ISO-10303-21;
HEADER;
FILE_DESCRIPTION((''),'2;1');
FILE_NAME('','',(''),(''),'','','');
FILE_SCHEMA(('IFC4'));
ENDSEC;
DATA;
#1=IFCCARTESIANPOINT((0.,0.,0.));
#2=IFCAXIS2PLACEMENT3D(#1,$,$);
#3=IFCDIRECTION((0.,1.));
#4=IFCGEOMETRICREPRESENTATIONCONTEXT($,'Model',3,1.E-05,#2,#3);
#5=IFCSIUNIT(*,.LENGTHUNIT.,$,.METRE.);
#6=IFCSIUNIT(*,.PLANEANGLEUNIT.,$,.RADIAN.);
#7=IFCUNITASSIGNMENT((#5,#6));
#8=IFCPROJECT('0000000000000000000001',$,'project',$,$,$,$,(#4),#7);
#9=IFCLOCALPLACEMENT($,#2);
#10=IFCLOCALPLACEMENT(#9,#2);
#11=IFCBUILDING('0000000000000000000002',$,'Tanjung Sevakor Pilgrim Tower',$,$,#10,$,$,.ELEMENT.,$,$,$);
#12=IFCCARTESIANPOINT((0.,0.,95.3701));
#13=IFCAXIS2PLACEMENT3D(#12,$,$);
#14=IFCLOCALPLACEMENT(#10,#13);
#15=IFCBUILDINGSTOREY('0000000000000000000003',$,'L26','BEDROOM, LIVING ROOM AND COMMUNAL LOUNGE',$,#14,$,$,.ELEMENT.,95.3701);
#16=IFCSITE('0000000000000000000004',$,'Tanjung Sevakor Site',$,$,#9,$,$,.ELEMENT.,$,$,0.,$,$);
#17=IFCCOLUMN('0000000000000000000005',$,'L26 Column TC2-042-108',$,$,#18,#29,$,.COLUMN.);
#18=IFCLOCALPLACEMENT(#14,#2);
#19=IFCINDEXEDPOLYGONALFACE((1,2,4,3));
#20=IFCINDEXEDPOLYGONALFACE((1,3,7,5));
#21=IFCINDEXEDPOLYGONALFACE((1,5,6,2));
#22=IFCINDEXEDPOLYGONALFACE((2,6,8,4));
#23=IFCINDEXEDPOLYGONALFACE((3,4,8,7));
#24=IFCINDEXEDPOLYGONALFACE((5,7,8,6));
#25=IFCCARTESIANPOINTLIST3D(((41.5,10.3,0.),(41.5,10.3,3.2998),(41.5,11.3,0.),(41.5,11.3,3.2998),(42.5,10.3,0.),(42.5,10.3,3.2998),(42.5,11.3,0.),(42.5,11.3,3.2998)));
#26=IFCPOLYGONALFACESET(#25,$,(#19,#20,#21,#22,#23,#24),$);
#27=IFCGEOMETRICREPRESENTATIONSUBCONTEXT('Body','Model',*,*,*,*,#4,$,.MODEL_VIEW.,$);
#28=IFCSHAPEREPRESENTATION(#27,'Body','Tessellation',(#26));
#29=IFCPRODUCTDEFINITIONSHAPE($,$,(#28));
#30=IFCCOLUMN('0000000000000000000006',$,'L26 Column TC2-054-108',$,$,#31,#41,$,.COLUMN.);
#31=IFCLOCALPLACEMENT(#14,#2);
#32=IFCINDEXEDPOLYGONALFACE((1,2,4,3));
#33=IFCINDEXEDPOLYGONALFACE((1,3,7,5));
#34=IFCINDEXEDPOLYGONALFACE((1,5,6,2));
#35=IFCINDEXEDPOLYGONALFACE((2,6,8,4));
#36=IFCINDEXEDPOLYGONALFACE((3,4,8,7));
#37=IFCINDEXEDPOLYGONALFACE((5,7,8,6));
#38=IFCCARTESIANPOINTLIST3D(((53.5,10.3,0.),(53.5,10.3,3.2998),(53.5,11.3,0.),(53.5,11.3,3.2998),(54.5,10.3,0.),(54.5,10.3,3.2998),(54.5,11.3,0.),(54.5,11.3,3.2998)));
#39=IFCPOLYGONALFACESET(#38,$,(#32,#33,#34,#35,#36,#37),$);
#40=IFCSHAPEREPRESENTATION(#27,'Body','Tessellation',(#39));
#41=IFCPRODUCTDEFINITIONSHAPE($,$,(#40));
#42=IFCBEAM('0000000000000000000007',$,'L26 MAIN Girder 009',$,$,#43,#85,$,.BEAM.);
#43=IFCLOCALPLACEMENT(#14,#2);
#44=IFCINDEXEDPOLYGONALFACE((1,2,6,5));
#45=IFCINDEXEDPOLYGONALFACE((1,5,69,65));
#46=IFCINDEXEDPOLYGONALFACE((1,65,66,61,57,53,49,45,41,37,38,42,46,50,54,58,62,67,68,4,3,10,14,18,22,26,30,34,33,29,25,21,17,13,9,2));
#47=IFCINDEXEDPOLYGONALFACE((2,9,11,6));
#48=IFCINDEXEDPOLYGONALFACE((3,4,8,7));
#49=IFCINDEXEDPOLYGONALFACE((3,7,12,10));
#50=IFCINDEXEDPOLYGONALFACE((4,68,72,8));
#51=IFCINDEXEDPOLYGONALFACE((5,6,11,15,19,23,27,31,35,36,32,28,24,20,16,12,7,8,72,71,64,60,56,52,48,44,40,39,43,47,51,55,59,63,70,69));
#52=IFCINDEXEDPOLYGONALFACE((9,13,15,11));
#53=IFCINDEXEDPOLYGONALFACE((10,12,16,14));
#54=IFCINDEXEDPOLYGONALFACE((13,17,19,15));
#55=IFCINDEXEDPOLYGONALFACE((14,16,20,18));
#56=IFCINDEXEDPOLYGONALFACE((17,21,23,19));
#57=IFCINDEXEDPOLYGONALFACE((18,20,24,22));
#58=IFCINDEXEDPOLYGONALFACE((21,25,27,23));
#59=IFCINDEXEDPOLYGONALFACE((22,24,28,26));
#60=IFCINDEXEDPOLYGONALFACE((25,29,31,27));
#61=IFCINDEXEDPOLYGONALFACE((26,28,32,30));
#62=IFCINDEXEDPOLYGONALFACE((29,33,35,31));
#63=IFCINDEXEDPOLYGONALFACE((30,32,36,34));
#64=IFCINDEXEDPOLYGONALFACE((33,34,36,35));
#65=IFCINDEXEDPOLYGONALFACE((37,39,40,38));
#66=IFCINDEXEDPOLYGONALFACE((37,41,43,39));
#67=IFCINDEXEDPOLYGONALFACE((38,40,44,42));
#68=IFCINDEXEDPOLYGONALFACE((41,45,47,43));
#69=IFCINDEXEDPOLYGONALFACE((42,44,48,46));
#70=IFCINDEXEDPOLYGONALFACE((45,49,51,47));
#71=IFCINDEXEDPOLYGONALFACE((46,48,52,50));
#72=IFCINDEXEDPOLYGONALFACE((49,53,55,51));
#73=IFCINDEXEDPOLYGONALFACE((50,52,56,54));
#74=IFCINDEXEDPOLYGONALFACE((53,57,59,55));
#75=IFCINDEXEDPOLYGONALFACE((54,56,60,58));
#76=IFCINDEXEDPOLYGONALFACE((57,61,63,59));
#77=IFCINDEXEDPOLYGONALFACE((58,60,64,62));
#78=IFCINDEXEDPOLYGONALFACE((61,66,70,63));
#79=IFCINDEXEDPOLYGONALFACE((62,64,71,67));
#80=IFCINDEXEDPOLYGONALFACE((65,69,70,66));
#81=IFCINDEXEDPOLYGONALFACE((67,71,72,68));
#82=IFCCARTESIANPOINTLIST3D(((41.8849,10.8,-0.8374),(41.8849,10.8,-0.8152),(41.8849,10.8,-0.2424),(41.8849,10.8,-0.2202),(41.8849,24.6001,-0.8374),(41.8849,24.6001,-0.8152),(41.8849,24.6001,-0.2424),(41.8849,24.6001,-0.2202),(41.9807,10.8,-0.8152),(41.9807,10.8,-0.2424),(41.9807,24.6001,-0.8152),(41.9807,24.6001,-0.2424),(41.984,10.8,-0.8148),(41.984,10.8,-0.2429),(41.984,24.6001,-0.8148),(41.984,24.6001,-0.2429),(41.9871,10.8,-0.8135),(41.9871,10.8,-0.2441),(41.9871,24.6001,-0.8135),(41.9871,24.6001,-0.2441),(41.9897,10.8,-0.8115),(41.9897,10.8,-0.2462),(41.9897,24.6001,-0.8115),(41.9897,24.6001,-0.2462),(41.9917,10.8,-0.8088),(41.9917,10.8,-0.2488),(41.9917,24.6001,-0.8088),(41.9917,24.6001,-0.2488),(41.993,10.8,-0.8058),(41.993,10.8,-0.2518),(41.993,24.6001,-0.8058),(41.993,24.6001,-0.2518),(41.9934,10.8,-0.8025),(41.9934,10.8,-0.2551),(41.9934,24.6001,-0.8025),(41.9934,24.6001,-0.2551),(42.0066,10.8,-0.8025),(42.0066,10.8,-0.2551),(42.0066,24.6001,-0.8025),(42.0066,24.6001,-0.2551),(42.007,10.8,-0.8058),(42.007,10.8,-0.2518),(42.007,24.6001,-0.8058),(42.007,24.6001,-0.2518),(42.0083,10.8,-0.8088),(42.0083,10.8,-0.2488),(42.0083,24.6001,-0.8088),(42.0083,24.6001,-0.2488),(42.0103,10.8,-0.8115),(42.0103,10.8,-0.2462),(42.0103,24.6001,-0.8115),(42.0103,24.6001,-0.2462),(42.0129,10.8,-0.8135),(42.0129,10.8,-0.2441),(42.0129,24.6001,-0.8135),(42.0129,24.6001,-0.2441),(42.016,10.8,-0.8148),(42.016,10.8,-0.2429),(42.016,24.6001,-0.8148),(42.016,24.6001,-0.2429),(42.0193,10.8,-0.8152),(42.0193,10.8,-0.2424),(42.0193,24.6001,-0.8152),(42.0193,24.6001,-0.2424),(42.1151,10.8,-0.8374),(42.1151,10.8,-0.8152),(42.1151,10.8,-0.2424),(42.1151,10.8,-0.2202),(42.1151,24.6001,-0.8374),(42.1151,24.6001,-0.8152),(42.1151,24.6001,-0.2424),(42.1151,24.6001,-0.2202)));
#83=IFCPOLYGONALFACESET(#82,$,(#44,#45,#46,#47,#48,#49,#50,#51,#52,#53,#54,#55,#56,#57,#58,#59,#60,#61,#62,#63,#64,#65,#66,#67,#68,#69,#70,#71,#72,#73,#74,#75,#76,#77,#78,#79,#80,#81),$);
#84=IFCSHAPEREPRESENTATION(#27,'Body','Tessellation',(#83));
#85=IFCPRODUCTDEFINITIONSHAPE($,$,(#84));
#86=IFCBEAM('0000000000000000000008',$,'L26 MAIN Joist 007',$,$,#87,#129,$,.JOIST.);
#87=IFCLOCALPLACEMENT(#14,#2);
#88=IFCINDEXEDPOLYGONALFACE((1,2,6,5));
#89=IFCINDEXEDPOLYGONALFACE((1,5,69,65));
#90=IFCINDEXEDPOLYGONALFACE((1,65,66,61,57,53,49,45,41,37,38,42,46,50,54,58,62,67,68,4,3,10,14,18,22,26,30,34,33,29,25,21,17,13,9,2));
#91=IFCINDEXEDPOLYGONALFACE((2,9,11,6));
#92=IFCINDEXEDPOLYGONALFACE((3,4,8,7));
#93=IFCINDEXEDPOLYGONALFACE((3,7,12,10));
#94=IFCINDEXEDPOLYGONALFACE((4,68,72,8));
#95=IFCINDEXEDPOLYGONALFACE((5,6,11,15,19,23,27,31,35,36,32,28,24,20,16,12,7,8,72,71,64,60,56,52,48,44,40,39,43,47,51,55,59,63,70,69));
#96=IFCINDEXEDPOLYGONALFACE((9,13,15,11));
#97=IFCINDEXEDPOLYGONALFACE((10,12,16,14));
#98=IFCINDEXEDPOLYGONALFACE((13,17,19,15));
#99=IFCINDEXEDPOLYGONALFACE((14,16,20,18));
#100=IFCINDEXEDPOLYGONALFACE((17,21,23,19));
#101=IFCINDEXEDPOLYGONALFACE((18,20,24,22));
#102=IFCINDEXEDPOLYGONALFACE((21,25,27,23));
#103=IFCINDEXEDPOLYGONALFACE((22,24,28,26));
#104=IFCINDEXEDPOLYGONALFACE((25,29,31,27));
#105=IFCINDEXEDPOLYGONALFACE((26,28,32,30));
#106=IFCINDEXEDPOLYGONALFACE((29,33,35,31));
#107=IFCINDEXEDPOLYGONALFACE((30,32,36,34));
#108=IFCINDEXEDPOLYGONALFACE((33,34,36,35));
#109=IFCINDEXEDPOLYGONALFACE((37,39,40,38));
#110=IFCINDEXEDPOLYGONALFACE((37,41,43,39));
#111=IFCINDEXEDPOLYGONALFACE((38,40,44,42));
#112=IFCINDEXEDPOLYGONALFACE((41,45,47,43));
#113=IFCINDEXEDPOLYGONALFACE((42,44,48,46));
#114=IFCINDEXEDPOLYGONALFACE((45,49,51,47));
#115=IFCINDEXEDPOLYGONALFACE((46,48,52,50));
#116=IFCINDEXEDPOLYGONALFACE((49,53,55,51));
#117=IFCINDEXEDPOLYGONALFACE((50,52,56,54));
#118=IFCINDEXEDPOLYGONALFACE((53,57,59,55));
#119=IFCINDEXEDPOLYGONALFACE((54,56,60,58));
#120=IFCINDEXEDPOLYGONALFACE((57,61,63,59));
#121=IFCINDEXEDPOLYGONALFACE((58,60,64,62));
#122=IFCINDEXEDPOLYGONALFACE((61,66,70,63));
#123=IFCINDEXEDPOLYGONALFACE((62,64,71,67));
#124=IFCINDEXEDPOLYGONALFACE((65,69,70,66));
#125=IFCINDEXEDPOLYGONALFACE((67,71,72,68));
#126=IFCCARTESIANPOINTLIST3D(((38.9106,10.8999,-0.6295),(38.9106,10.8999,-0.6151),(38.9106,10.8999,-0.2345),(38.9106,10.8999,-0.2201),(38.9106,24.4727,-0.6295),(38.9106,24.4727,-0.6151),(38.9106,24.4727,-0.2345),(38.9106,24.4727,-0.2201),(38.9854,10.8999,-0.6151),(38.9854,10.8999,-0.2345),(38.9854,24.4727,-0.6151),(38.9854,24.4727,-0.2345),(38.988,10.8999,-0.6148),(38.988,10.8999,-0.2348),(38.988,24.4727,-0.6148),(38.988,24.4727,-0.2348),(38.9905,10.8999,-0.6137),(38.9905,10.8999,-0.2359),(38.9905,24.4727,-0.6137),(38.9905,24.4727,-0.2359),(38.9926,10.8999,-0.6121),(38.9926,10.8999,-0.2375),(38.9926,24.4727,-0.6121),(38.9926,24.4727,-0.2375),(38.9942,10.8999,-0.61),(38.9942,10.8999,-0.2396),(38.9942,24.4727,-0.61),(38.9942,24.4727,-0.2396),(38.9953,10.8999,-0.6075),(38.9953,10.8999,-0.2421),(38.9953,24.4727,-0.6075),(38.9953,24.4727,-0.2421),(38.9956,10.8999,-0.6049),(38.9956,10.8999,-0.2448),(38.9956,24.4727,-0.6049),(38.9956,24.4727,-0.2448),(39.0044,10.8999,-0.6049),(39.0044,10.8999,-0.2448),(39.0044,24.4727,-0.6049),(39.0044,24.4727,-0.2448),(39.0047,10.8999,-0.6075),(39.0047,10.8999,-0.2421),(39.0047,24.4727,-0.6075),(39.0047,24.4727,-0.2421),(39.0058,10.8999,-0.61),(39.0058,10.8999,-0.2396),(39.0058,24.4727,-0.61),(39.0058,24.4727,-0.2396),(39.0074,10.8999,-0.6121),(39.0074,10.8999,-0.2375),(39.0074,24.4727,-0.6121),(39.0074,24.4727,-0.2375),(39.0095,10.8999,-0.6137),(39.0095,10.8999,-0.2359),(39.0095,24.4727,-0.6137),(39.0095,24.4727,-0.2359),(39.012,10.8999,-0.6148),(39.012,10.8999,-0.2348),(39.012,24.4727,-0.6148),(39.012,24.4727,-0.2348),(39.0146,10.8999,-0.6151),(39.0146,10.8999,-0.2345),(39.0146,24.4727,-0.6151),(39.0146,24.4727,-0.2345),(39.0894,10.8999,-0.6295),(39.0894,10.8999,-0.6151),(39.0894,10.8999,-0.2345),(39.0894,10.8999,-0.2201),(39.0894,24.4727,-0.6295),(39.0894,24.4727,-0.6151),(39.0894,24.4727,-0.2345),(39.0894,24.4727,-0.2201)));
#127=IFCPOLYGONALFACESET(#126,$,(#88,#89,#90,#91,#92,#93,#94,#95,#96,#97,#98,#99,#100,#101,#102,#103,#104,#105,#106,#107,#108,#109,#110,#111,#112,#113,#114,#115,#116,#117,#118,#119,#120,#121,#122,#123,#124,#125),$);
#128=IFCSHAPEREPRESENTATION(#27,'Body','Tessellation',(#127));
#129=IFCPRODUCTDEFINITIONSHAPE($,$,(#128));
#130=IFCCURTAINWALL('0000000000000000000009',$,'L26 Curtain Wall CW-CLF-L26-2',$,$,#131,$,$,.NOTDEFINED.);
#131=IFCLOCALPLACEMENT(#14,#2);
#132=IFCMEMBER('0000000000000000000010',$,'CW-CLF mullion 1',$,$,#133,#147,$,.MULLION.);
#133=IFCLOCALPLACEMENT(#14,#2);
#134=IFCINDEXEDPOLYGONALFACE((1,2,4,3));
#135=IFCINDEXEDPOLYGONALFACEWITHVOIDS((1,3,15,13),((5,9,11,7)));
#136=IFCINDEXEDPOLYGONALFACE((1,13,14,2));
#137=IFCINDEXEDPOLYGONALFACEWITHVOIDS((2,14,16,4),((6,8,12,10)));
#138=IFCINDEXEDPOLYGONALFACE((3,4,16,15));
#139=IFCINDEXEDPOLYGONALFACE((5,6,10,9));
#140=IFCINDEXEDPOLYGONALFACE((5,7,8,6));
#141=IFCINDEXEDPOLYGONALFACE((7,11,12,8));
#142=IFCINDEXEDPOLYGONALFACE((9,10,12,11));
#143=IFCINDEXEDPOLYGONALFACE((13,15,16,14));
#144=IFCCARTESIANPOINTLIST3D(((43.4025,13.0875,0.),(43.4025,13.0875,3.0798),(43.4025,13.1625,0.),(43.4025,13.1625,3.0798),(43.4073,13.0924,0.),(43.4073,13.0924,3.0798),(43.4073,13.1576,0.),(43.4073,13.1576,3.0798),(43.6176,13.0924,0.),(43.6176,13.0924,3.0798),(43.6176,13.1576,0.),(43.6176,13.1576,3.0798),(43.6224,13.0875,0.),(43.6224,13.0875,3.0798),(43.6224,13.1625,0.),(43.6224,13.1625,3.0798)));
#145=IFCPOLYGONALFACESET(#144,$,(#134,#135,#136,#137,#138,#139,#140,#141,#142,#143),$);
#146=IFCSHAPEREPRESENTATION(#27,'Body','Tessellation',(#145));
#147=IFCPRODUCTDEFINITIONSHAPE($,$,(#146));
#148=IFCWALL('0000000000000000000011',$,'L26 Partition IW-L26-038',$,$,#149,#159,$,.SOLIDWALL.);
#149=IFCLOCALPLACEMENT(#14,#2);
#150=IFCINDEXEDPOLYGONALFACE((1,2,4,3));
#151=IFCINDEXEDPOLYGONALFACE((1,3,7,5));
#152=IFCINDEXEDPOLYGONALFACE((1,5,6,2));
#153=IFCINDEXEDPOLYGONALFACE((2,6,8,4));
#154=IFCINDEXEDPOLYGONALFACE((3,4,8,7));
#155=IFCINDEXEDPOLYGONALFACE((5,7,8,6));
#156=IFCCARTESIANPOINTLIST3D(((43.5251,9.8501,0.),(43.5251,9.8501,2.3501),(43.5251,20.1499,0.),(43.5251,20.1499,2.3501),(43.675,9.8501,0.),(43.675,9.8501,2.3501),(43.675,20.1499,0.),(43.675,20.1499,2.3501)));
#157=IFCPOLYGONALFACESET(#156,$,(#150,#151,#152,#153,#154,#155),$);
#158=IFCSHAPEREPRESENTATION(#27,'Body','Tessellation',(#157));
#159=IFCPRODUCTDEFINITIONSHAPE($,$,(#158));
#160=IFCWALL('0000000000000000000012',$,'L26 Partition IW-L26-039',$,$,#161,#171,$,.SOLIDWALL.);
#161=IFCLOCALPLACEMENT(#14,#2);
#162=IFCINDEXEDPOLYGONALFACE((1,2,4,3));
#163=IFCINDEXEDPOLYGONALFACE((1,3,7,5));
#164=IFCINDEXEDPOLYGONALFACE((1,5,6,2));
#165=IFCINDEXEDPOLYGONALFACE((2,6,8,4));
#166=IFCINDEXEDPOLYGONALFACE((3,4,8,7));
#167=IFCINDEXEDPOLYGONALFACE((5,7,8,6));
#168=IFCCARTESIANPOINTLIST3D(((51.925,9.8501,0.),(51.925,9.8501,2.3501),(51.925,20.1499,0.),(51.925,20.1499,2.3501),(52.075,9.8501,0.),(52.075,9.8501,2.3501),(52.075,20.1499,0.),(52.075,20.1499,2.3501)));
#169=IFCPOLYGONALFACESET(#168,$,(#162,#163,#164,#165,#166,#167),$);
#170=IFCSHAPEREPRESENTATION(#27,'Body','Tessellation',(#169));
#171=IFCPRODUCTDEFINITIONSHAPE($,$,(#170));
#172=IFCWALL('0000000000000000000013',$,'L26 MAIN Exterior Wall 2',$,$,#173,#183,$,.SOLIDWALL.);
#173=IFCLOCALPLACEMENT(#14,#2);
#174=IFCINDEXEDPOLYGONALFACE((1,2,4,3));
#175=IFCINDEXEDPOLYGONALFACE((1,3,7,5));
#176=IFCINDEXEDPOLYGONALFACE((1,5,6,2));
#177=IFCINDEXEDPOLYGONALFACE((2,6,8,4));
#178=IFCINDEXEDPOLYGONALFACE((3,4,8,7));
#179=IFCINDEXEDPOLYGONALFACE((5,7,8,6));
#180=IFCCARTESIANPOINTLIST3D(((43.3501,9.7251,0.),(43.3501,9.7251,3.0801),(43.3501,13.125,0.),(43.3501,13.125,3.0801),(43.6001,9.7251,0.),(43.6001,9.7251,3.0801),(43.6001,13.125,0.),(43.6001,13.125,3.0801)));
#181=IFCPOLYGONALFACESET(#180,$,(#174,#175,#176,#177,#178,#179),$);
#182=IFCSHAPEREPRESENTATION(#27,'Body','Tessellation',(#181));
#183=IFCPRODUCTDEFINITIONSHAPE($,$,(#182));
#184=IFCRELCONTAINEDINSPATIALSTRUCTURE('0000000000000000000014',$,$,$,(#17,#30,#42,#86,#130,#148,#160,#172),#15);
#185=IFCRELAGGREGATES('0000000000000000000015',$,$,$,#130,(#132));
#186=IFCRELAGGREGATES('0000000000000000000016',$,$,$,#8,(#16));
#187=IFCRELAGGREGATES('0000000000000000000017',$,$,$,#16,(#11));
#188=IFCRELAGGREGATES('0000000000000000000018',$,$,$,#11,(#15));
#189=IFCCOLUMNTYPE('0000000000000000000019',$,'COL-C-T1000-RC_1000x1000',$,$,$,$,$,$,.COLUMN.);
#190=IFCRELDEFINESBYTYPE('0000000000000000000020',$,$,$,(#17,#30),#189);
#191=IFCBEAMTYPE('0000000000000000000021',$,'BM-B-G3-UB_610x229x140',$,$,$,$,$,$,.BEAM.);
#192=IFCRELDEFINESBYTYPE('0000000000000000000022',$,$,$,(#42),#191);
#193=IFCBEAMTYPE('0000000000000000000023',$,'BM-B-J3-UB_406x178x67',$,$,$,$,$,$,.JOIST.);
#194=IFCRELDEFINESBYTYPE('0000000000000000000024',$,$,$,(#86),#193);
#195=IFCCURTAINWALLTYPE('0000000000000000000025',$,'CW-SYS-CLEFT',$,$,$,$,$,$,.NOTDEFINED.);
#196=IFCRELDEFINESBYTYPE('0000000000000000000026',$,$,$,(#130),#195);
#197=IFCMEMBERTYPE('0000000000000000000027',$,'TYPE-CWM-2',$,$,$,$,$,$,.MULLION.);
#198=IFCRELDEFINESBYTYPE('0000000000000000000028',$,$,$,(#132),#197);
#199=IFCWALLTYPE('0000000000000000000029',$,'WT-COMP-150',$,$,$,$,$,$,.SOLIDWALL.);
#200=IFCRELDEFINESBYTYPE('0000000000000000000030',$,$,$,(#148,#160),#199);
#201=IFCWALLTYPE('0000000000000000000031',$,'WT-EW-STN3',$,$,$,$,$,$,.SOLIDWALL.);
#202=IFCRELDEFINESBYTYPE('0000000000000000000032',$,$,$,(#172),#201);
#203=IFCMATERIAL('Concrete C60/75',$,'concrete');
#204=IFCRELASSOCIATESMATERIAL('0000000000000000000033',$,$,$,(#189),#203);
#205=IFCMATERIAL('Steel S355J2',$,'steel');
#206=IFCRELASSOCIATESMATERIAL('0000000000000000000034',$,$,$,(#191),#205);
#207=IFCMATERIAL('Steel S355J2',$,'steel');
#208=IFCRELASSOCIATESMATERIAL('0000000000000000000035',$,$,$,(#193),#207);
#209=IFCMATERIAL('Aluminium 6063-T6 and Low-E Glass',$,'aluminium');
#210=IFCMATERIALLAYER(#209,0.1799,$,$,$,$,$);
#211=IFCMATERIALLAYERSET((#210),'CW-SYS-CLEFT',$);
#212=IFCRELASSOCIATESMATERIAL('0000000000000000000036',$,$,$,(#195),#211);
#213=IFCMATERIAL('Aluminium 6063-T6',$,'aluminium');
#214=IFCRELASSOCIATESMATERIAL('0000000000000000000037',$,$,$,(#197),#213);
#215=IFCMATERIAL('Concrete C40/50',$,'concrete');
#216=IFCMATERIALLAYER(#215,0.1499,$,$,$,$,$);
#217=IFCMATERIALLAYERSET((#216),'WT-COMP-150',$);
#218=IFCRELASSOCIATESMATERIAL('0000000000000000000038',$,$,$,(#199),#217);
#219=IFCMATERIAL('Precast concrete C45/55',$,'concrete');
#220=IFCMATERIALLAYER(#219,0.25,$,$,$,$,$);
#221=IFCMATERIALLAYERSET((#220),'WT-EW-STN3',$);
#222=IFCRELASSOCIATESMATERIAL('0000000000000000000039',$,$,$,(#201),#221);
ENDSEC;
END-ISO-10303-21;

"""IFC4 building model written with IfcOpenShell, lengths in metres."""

from ifc_helpers import new_model, si_unit, direction, frame, frame_2d, origin, origin_2d, place, context, subcontext, project, spatial, rectangle, hollow_rectangle, i_section, extrude, material, layer, layer_set, material_profile, profile_set, type_object, element, aggregate, save


model = new_model("IFC4")

# Units and contexts
model_context = context("Model", 3, precision=1e-05, world=origin(), true_north=direction((0.0, 1.0)))
body_context = subcontext(model_context, "Body", "Model", "MODEL_VIEW")
ifc_project = project(units=[si_unit("LENGTHUNIT", "METRE"), si_unit("PLANEANGLEUNIT", "RADIAN")], contexts=[model_context])

# Site, building, storey
site_placement = place(None, origin())
site = spatial("IfcSite", under=ifc_project, at=site_placement, Name="Tanjung Sevakor Site", CompositionType="ELEMENT", RefElevation=0.0)
building_placement = place(site_placement, origin())
building = spatial("IfcBuilding", under=site, at=building_placement, Name="Tanjung Sevakor Pilgrim Tower", CompositionType="ELEMENT")
storey_placement = place(building_placement, frame((0.0, 0.0, 95.3701)))
storey = spatial("IfcBuildingStorey", under=building, at=storey_placement, Name="L26", Description="BEDROOM, LIVING ROOM AND COMMUNAL LOUNGE", CompositionType="ELEMENT", Elevation=95.3701)

# Columns
ifc_material_1 = material(Name="Concrete C60/75", Category="concrete")
ifc_material_profile_1 = material_profile(ifc_material_1, rectangle(XDim=1.0, YDim=1.0, at=origin_2d()))
ifc_profile_set_1 = profile_set([ifc_material_profile_1], Name="Concrete C60/75")
column_type = type_object("IfcColumnType", Name="COL-C-T1000-RC_1000x1000", PredefinedType="COLUMN", material=ifc_profile_set_1)
for number, where, z_axis, x_axis, name in (
    (1, (42.0, 10.8, 0.0), (0.0, 0.0, 1.0), (1.0, 0.0, 0.0), "L26 Column TC2-042-108"),
    (2, (54.0, 10.8, 0.0), (0.0, 0.0, 1.0), (1.0, 0.0, 0.0), "L26 Column TC2-054-108"),
):
    element("IfcColumn", number, at=place(storey_placement, frame(where, z_axis=z_axis, x_axis=x_axis)), inside=storey, type_object=column_type, Name=name, PredefinedType="COLUMN", context=body_context, shape_type="SweptSolid", body=[
        extrude(rectangle(XDim=1.0, YDim=1.0, at=origin_2d()), origin(), (0.0, 0.0, 1.0), 3.2998),
    ])

# Beams
ifc_material_2 = material(Name="Steel S355J2", Category="steel")
ifc_material_profile_2 = material_profile(ifc_material_2, i_section(OverallWidth=0.2302, OverallDepth=0.6172, WebThickness=0.0132, FlangeThickness=0.0222, FilletRadius=0.0127, at=origin_2d()))
ifc_profile_set_2 = profile_set([ifc_material_profile_2], Name="Steel S355J2")
beam_type_1 = type_object("IfcBeamType", Name="BM-B-G3-UB_610x229x140", PredefinedType="BEAM", material=ifc_profile_set_2)
beam_1_placement = place(storey_placement, frame((42.0, 10.8, -0.5288), z_axis=(0.0, 1.0, 0.0), x_axis=(-1.0, 0.0, 0.0)))
element("IfcBeam", 3, at=beam_1_placement, inside=storey, type_object=beam_type_1, Name="L26 MAIN Girder 009", PredefinedType="BEAM", context=body_context, shape_type="SweptSolid", body=[
    extrude(i_section(OverallWidth=0.2302, OverallDepth=0.6172, WebThickness=0.0132, FlangeThickness=0.0222, FilletRadius=0.0127, at=origin_2d()), origin(), (0.0, 0.0, 1.0), 13.8),
])
ifc_material_3 = material(Name="Steel S355J2", Category="steel")
ifc_material_profile_3 = material_profile(ifc_material_3, i_section(OverallWidth=0.1787, OverallDepth=0.4094, WebThickness=0.0088, FlangeThickness=0.0144, FilletRadius=0.0103, at=origin_2d()))
ifc_profile_set_3 = profile_set([ifc_material_profile_3], Name="Steel S355J2")
beam_type_2 = type_object("IfcBeamType", Name="BM-B-J3-UB_406x178x67", PredefinedType="JOIST", material=ifc_profile_set_3)
beam_2_placement = place(storey_placement, frame((39.0, 10.8999, -0.4248), z_axis=(0.0, 1.0, 0.0), x_axis=(-1.0, 0.0, 0.0)))
element("IfcBeam", 4, at=beam_2_placement, inside=storey, type_object=beam_type_2, Name="L26 MAIN Joist 007", PredefinedType="JOIST", context=body_context, shape_type="SweptSolid", body=[
    extrude(i_section(OverallWidth=0.1787, OverallDepth=0.4094, WebThickness=0.0088, FlangeThickness=0.0144, FilletRadius=0.0103, at=origin_2d()), origin(), (0.0, 0.0, 1.0), 13.5728),
])

# Curtain wall, member
ifc_material_4 = material(Name="Aluminium 6063-T6 and Low-E Glass", Category="aluminium")
ifc_layer_1 = layer(ifc_material_4, 0.1799)
ifc_layer_set_1 = layer_set([ifc_layer_1], Name="CW-SYS-CLEFT")
curtain_wall_type = type_object("IfcCurtainWallType", Name="CW-SYS-CLEFT", PredefinedType="NOTDEFINED", material=ifc_layer_set_1)
curtain_wall_placement = place(storey_placement, origin())
curtain_wall = element("IfcCurtainWall", 5, at=curtain_wall_placement, inside=storey, type_object=curtain_wall_type, Name="L26 Curtain Wall CW-CLF-L26-2", PredefinedType="NOTDEFINED")
ifc_material_5 = material(Name="Aluminium 6063-T6", Category="aluminium")
ifc_material_profile_4 = material_profile(ifc_material_5, hollow_rectangle(XDim=0.075, YDim=0.22, WallThickness=0.0049, at=origin_2d()))
ifc_profile_set_4 = profile_set([ifc_material_profile_4], Name="Aluminium 6063-T6")
member_type = type_object("IfcMemberType", Name="TYPE-CWM-2", PredefinedType="MULLION", material=ifc_profile_set_4)
member_placement = place(storey_placement, frame((43.5125, 13.125, 0.0), z_axis=(0.0, 0.0, 1.0), x_axis=(0.0, 1.0, 0.0)))
member = element("IfcMember", 6, at=member_placement, type_object=member_type, Name="CW-CLF mullion 1", PredefinedType="MULLION", context=body_context, shape_type="SweptSolid", body=[
    extrude(hollow_rectangle(XDim=0.075, YDim=0.22, WallThickness=0.0049, at=origin_2d()), origin(), (0.0, 0.0, 1.0), 3.0798),
])
aggregate(curtain_wall, [member])

# Walls
ifc_material_6 = material(Name="Concrete C40/50", Category="concrete")
ifc_layer_2 = layer(ifc_material_6, 0.1499)
ifc_layer_set_2 = layer_set([ifc_layer_2], Name="WT-COMP-150")
wall_type_1 = type_object("IfcWallType", Name="WT-COMP-150", PredefinedType="SOLIDWALL", material=ifc_layer_set_2)
for number, where, z_axis, x_axis, name in (
    (7, (43.6001, 9.8501, 0.0), (0.0, 0.0, 1.0), (0.0, 1.0, 0.0), "L26 Partition IW-L26-038"),
    (8, (52.0, 9.8501, 0.0), (0.0, 0.0, 1.0), (0.0, 1.0, 0.0), "L26 Partition IW-L26-039"),
):
    element("IfcWall", number, at=place(storey_placement, frame(where, z_axis=z_axis, x_axis=x_axis)), inside=storey, type_object=wall_type_1, Name=name, PredefinedType="SOLIDWALL", context=body_context, shape_type="SweptSolid", body=[
        extrude(rectangle(XDim=10.2998, YDim=0.1499, at=frame_2d((5.1499, 0.0))), origin(), (0.0, 0.0, 1.0), 2.3501),
    ])
ifc_material_7 = material(Name="Precast concrete C45/55", Category="concrete")
ifc_layer_3 = layer(ifc_material_7, 0.25)
ifc_layer_set_3 = layer_set([ifc_layer_3], Name="WT-EW-STN3")
wall_type_2 = type_object("IfcWallType", Name="WT-EW-STN3", PredefinedType="SOLIDWALL", material=ifc_layer_set_3)
wall_1_placement = place(storey_placement, frame((43.4751, 9.7251, 0.0), z_axis=(0.0, 0.0, 1.0), x_axis=(0.0, 1.0, 0.0)))
element("IfcWall", 9, at=wall_1_placement, inside=storey, type_object=wall_type_2, Name="L26 MAIN Exterior Wall 2", PredefinedType="SOLIDWALL", context=body_context, shape_type="SweptSolid", body=[
    extrude(rectangle(XDim=3.3999, YDim=0.25, at=frame_2d((1.7, 0.0))), origin(), (0.0, 0.0, 1.0), 3.0801),
])

save(model, "model.ifc")
